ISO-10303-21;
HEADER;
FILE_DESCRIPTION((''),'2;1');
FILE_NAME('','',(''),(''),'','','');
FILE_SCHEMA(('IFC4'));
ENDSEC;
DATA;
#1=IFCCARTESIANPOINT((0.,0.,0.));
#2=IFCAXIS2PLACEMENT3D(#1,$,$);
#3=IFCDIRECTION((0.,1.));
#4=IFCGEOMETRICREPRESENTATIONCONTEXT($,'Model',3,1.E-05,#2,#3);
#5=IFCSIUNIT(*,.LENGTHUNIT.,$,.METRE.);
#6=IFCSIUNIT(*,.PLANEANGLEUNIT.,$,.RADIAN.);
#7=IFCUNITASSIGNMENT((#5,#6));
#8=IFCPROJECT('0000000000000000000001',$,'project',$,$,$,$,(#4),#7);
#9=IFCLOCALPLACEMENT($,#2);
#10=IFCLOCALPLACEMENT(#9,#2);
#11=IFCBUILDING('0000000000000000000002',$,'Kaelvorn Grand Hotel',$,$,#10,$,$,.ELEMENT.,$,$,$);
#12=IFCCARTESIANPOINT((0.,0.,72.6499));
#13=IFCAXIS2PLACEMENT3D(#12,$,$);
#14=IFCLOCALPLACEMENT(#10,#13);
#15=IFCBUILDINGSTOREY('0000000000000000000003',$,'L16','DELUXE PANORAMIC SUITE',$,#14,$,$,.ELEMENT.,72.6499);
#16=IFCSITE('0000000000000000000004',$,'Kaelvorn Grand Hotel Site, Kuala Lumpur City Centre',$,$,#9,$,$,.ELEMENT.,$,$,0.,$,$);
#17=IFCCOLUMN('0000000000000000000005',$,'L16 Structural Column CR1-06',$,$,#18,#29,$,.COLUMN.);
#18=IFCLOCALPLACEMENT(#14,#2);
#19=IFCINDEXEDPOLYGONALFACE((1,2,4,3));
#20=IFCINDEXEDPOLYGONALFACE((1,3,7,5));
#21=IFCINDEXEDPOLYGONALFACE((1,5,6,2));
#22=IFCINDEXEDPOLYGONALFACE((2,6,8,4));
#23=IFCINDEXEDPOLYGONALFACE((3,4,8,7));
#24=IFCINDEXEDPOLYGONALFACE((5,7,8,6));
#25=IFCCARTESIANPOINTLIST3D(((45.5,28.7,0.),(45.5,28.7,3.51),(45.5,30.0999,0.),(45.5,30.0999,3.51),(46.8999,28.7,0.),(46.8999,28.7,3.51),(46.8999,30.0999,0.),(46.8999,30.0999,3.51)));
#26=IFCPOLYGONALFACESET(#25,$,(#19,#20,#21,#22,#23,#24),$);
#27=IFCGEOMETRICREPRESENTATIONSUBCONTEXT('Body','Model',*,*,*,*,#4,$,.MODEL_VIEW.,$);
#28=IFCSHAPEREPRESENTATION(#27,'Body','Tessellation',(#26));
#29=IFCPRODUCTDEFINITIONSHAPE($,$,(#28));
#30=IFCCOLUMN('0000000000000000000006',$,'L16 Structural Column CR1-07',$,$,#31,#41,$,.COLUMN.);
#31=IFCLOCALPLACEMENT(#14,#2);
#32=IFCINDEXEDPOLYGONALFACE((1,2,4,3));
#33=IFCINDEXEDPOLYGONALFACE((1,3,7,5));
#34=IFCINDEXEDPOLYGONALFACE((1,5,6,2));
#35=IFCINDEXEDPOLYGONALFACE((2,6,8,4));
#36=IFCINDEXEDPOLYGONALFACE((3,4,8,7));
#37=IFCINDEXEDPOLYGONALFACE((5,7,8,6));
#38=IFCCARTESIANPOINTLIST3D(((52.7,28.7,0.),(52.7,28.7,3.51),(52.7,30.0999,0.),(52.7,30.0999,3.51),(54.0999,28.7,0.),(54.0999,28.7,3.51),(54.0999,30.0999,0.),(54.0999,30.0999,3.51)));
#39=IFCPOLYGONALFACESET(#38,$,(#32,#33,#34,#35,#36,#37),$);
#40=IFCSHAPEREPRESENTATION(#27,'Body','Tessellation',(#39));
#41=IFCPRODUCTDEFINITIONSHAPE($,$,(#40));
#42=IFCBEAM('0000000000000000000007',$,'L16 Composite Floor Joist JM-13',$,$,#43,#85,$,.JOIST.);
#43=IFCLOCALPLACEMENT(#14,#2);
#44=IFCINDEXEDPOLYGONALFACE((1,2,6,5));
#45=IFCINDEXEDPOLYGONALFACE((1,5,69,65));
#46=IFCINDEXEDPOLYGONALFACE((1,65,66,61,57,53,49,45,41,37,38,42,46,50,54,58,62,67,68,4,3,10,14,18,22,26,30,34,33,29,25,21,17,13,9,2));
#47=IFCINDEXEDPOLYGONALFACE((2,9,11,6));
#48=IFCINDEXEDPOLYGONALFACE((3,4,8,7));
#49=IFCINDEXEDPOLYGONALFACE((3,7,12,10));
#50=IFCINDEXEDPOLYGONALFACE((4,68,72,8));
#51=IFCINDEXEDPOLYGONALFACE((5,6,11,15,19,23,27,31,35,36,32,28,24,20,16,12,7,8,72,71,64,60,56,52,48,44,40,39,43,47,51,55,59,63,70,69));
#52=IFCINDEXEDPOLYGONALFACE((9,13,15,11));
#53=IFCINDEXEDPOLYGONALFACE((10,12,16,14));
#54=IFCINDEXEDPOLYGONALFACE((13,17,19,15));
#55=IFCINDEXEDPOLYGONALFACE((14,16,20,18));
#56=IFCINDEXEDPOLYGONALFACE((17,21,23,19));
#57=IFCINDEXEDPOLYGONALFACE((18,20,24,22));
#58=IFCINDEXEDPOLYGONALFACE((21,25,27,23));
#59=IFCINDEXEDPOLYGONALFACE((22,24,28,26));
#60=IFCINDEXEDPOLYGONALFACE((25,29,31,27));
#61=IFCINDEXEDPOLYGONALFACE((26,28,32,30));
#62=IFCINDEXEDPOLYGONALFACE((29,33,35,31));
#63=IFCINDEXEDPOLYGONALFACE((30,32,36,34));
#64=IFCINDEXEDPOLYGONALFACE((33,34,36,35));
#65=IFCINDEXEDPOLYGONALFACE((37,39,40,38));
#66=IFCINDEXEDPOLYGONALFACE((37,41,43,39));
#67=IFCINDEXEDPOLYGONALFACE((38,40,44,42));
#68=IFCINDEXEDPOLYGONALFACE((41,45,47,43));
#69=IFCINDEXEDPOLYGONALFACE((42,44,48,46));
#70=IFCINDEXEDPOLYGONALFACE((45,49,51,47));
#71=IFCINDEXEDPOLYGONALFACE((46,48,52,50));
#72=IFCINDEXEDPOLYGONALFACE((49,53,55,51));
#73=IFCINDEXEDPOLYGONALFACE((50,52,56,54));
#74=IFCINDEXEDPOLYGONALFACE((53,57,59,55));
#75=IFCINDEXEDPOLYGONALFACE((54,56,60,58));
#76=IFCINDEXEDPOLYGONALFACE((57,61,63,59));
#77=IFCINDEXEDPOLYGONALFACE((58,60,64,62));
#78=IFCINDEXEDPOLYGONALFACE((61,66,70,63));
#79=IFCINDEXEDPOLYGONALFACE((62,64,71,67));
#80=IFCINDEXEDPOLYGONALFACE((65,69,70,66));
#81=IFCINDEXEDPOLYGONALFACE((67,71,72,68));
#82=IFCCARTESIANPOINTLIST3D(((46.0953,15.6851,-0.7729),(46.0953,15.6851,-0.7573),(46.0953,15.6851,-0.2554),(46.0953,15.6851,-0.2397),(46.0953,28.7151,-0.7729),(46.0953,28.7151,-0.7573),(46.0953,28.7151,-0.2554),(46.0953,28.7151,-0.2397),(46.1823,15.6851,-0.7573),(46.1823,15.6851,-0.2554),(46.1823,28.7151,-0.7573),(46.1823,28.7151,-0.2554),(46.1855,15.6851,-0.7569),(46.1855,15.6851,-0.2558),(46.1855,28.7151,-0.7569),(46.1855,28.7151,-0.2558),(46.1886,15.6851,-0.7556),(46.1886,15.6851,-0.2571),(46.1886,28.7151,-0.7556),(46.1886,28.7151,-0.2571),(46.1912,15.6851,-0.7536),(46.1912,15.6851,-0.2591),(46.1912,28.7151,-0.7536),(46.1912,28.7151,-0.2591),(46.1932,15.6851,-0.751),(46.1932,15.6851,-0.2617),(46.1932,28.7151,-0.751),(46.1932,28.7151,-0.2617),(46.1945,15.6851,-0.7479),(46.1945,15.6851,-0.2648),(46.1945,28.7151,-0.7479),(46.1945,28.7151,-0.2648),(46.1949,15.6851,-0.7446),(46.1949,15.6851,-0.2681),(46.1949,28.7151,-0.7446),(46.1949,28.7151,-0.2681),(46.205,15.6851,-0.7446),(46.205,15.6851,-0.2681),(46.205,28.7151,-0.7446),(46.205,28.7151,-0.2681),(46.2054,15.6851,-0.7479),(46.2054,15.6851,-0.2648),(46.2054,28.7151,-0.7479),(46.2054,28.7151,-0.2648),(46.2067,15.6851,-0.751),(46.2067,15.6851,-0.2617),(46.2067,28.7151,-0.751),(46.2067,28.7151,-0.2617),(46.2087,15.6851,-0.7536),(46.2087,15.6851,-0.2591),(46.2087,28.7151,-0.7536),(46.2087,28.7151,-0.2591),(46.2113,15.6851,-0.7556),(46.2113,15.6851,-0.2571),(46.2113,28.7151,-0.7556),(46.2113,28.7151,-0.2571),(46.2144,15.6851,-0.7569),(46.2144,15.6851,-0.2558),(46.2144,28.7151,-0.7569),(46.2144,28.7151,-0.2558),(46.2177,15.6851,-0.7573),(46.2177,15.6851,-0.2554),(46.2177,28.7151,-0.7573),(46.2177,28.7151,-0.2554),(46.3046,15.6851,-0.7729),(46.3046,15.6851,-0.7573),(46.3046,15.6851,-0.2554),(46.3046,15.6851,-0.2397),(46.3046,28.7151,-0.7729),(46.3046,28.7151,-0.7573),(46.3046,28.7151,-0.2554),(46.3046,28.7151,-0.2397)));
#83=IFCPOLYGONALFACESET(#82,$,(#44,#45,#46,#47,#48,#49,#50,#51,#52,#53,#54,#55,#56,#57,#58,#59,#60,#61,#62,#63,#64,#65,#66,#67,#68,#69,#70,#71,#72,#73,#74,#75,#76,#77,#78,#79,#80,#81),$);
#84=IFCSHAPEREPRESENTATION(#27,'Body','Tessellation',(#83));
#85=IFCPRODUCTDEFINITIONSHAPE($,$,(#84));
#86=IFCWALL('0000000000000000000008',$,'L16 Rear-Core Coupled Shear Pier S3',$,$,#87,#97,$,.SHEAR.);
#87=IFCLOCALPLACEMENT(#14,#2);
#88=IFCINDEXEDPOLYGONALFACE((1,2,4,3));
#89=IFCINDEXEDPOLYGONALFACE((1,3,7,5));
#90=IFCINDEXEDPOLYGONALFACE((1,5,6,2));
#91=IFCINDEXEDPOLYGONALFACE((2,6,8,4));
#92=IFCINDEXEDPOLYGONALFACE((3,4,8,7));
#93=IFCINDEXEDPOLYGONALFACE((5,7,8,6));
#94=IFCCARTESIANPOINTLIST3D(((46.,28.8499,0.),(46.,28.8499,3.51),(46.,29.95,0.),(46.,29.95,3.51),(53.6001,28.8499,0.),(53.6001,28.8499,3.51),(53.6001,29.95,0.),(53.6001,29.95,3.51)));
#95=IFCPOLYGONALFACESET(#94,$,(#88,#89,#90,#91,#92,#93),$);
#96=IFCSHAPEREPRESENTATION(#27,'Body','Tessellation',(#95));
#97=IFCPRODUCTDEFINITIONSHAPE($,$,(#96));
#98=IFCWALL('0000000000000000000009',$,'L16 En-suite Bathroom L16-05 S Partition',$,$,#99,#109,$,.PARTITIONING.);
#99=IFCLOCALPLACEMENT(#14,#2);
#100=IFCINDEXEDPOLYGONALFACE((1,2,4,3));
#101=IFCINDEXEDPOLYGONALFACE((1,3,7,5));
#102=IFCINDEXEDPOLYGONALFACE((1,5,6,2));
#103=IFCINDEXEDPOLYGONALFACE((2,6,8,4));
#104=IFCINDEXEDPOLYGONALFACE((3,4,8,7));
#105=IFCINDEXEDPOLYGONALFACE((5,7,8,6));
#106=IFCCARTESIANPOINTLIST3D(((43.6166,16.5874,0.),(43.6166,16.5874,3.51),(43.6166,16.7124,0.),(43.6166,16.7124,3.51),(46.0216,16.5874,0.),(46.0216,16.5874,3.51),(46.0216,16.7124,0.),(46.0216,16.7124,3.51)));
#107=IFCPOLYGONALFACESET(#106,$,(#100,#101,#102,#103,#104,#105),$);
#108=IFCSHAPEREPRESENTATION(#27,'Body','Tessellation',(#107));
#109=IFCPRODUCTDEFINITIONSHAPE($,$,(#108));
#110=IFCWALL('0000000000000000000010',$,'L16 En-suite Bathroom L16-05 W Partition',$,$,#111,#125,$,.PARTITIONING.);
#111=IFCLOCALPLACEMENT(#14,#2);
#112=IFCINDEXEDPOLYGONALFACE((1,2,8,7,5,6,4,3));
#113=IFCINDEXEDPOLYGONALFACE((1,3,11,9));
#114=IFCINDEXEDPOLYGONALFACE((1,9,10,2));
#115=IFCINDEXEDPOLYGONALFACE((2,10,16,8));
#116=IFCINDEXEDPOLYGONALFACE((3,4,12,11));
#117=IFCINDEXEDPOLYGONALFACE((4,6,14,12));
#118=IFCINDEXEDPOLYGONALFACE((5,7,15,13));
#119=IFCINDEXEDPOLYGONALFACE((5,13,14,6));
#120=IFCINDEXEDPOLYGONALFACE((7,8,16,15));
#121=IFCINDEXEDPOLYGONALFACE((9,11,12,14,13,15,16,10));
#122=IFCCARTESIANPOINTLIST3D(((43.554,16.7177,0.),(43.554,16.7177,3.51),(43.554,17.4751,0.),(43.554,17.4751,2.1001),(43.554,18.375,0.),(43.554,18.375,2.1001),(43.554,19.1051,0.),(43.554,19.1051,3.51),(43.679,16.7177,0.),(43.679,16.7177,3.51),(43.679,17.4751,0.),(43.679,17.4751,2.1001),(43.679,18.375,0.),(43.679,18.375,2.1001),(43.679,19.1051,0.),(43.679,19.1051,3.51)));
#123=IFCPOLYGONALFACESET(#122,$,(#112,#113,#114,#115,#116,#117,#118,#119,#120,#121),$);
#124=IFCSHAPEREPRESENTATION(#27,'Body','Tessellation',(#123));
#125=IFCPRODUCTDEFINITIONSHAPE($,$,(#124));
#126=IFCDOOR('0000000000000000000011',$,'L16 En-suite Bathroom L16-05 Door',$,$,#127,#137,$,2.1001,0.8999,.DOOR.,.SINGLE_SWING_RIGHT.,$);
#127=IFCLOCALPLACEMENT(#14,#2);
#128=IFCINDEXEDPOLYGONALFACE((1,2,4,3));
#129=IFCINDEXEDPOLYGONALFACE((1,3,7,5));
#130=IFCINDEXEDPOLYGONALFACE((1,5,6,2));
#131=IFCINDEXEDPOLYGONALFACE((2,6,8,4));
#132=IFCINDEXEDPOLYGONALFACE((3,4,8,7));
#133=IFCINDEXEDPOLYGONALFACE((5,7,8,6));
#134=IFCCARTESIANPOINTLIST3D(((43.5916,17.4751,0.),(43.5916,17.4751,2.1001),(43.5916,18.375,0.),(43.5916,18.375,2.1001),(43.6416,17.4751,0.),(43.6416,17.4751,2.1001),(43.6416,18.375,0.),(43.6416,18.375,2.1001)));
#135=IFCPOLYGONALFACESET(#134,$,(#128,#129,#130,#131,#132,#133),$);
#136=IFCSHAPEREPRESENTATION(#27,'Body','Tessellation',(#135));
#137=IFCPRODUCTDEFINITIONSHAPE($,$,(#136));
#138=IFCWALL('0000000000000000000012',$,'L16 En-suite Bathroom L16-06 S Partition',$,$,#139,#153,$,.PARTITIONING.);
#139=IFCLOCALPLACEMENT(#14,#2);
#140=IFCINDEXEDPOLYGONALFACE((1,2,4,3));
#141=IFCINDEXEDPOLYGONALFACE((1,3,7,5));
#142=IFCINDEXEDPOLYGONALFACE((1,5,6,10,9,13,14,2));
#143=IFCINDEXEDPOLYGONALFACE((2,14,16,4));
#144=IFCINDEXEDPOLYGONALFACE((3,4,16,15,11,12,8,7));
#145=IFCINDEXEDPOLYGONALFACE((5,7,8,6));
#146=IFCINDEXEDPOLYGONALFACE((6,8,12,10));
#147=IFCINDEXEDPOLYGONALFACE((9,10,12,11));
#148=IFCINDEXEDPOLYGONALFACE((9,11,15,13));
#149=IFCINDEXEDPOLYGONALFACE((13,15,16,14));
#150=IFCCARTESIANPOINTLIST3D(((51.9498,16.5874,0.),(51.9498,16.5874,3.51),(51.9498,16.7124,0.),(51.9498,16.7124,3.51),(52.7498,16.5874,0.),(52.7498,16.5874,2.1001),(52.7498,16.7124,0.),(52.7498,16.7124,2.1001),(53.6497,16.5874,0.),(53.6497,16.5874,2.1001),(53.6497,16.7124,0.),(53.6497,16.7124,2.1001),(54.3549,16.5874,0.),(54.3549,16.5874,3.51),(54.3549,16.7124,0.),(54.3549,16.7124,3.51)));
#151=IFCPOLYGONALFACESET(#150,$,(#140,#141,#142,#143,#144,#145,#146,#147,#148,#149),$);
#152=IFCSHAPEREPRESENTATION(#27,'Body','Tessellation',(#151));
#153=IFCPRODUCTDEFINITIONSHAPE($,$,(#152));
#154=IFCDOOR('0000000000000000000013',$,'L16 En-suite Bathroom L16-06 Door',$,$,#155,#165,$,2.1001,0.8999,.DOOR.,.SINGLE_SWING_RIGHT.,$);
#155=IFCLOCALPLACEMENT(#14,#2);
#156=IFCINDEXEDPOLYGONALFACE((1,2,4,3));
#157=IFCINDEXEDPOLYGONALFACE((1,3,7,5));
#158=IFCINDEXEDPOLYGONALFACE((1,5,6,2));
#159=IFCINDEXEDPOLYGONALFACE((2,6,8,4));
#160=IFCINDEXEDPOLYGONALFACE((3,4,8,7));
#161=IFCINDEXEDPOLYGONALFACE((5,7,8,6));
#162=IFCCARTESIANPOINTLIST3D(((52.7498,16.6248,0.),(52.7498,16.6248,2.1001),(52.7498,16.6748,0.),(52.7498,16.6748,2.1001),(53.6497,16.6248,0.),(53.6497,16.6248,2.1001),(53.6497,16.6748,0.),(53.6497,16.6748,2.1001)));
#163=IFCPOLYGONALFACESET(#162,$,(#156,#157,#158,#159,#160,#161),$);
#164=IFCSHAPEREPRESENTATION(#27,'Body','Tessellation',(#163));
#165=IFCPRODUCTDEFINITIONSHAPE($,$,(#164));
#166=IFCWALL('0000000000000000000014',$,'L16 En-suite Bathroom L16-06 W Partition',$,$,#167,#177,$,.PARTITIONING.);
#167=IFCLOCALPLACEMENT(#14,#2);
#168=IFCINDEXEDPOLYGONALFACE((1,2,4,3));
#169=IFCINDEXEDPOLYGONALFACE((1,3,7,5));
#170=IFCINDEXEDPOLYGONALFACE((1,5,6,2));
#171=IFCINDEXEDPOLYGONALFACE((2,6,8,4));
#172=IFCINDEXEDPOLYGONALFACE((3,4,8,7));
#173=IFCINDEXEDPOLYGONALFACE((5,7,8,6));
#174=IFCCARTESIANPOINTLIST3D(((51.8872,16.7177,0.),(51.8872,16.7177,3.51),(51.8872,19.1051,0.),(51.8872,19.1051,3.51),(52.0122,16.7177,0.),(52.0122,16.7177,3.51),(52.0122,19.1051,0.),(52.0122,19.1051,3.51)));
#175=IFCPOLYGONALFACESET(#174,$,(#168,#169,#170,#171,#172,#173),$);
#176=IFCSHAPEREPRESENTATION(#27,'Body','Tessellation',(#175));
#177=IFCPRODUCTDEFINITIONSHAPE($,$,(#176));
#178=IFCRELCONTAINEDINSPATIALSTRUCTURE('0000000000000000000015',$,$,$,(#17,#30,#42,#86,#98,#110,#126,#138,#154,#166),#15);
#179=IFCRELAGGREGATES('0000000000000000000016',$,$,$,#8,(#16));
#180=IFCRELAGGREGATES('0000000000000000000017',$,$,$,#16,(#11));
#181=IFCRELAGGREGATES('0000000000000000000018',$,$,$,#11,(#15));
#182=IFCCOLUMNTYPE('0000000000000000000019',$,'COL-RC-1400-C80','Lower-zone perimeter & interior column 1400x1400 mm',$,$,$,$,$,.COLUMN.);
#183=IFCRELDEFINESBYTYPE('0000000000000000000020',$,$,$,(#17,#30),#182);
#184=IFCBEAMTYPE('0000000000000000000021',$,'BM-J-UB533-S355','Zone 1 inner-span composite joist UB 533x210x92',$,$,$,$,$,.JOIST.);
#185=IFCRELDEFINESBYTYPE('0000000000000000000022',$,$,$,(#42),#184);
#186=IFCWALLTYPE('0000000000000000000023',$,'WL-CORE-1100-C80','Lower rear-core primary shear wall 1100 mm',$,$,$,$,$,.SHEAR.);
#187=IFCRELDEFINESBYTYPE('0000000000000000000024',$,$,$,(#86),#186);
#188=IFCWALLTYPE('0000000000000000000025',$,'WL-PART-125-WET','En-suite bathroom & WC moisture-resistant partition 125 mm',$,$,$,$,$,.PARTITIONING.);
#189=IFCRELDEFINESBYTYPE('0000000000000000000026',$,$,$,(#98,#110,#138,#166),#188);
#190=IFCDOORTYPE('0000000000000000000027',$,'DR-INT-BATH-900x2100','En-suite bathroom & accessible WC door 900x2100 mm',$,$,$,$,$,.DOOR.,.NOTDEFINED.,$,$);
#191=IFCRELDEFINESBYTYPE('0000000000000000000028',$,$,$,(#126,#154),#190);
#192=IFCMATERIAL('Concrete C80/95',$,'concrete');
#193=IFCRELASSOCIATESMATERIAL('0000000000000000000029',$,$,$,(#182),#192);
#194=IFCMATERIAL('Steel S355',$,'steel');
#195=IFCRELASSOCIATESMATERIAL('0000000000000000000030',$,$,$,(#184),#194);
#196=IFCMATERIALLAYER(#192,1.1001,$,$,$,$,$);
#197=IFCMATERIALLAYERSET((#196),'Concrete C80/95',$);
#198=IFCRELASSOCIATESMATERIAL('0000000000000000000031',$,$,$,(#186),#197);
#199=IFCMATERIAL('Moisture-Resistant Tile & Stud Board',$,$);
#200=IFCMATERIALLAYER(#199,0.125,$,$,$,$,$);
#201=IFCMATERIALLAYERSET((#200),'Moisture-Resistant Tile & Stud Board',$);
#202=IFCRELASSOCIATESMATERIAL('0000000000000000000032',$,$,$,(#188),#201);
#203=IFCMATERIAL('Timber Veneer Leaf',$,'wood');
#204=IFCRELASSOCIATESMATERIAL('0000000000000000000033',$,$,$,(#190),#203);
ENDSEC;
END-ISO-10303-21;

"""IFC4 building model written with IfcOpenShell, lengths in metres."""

from ifc_helpers import new_model, si_unit, direction, frame, frame_2d, origin, origin_2d, place, context, subcontext, project, spatial, rectangle, i_section, extrude, material, layer, layer_set, material_profile, profile_set, type_object, element, fill, save


model = new_model("IFC4")

# Units and contexts
model_context = context("Model", 3, precision=1e-05, world=origin(), true_north=direction((0.0, 1.0)))
body_context = subcontext(model_context, "Body", "Model", "MODEL_VIEW")
ifc_project = project(units=[si_unit("LENGTHUNIT", "METRE"), si_unit("PLANEANGLEUNIT", "RADIAN")], contexts=[model_context])

# Site, building, storey
site_placement = place(None, origin())
site = spatial("IfcSite", under=ifc_project, at=site_placement, Name="Kaelvorn Grand Hotel Site, Kuala Lumpur City Centre", CompositionType="ELEMENT", RefElevation=0.0)
building_placement = place(site_placement, origin())
building = spatial("IfcBuilding", under=site, at=building_placement, Name="Kaelvorn Grand Hotel", CompositionType="ELEMENT")
storey_placement = place(building_placement, frame((0.0, 0.0, 72.6499)))
storey = spatial("IfcBuildingStorey", under=building, at=storey_placement, Name="L16", Description="DELUXE PANORAMIC SUITE", CompositionType="ELEMENT", Elevation=72.6499)

# Columns
ifc_material_1 = material(Name="Concrete C80/95", Category="concrete")
ifc_material_profile_1 = material_profile(ifc_material_1, rectangle(XDim=1.3999, YDim=1.3999, at=origin_2d()), Name="RC COL 1400x1400")
ifc_profile_set_1 = profile_set([ifc_material_profile_1], Name="Concrete C80/95")
column_type = type_object("IfcColumnType", Name="COL-RC-1400-C80", Description="Lower-zone perimeter & interior column 1400x1400 mm", PredefinedType="COLUMN", material=ifc_profile_set_1)
for number, where, z_axis, x_axis, name in (
    (1, (46.2, 29.3999, 0.0), (0.0, 0.0, 1.0), (1.0, 0.0, 0.0), "L16 Structural Column CR1-06"),
    (2, (53.3999, 29.3999, 0.0), (0.0, 0.0, 1.0), (1.0, 0.0, 0.0), "L16 Structural Column CR1-07"),
):
    element("IfcColumn", number, at=place(storey_placement, frame(where, z_axis=z_axis, x_axis=x_axis)), inside=storey, type_object=column_type, Name=name, PredefinedType="COLUMN", context=body_context, shape_type="SweptSolid", body=[
        extrude(rectangle(XDim=1.3999, YDim=1.3999, at=origin_2d()), origin(), (0.0, 0.0, 1.0), 3.51),
    ])

# Beam
ifc_material_2 = material(Name="Steel S355", Category="steel")
ifc_material_profile_2 = material_profile(ifc_material_2, i_section(OverallWidth=0.2092, OverallDepth=0.5332, WebThickness=0.01, FlangeThickness=0.0156, FilletRadius=0.0127, at=origin_2d()), Name="UB 533x210x92")
ifc_profile_set_2 = profile_set([ifc_material_profile_2], Name="Steel S355")
beam_type = type_object("IfcBeamType", Name="BM-J-UB533-S355", Description="Zone 1 inner-span composite joist UB 533x210x92", PredefinedType="JOIST", material=ifc_profile_set_2)
beam_placement = place(storey_placement, frame((46.2, 15.6851, -0.5063), z_axis=(0.0, 1.0, 0.0), x_axis=(-1.0, 0.0, 0.0)))
element("IfcBeam", 3, at=beam_placement, inside=storey, type_object=beam_type, Name="L16 Composite Floor Joist JM-13", PredefinedType="JOIST", context=body_context, shape_type="SweptSolid", body=[
    extrude(i_section(OverallWidth=0.2092, OverallDepth=0.5332, WebThickness=0.01, FlangeThickness=0.0156, FilletRadius=0.0127, at=origin_2d()), origin(), (0.0, 0.0, 1.0), 13.03),
])

# Walls
ifc_layer_1 = layer(ifc_material_1, 1.1001)
ifc_layer_set_1 = layer_set([ifc_layer_1], Name="Concrete C80/95")
wall_type_1 = type_object("IfcWallType", Name="WL-CORE-1100-C80", Description="Lower rear-core primary shear wall 1100 mm", PredefinedType="SHEAR", material=ifc_layer_set_1)
wall_1_placement = place(storey_placement, frame((46.0, 29.3999, 0.0), z_axis=(0.0, 0.0, 1.0), x_axis=(1.0, 0.0, 0.0)))
element("IfcWall", 4, at=wall_1_placement, inside=storey, type_object=wall_type_1, Name="L16 Rear-Core Coupled Shear Pier S3", PredefinedType="SHEAR", context=body_context, shape_type="SweptSolid", body=[
    extrude(rectangle(XDim=7.6001, YDim=1.1001, at=frame_2d((3.8, 0.0))), origin(), (0.0, 0.0, 1.0), 3.51),
])
ifc_material_3 = material(Name="Moisture-Resistant Tile & Stud Board")
ifc_layer_2 = layer(ifc_material_3, 0.125)
ifc_layer_set_2 = layer_set([ifc_layer_2], Name="Moisture-Resistant Tile & Stud Board")
wall_type_2 = type_object("IfcWallType", Name="WL-PART-125-WET", Description="En-suite bathroom & WC moisture-resistant partition 125 mm", PredefinedType="PARTITIONING", material=ifc_layer_set_2)
wall_2_placement = place(storey_placement, frame((43.6165, 16.6499, 0.0), z_axis=(0.0, 0.0, 1.0), x_axis=(1.0, 0.0, 0.0)))
element("IfcWall", 5, at=wall_2_placement, inside=storey, type_object=wall_type_2, Name="L16 En-suite Bathroom L16-05 S Partition", PredefinedType="PARTITIONING", context=body_context, shape_type="SweptSolid", body=[
    extrude(rectangle(XDim=2.405, YDim=0.125, at=frame_2d((1.2026, 0.0))), origin(), (0.0, 0.0, 1.0), 3.51),
])

# Walls, openings, doors
wall_3_placement = place(storey_placement, frame((43.6165, 16.7175, 0.0), z_axis=(0.0, 0.0, 1.0), x_axis=(0.0, 1.0, 0.0)))
wall_3 = element("IfcWall", 6, at=wall_3_placement, inside=storey, type_object=wall_type_2, Name="L16 En-suite Bathroom L16-05 W Partition", PredefinedType="PARTITIONING", context=body_context, shape_type="SweptSolid", body=[
    extrude(rectangle(XDim=2.3875, YDim=0.125, at=frame_2d((1.1938, 0.0))), origin(), (0.0, 0.0, 1.0), 3.51),
])
opening_1_placement = place(wall_3_placement, frame((0.7576, 0.0, 0.0)))
opening_1 = element("IfcOpeningElement", 7, at=opening_1_placement, cuts=wall_3, PredefinedType="OPENING", context=body_context, shape_type="SweptSolid", body=[
    extrude(rectangle(XDim=0.8999, YDim=2.1001, at=frame_2d((0.45, 1.05))), frame((0.0, 0.0725, 0.0), z_axis=(0.0, -1.0, 0.0), x_axis=(1.0, 0.0, 0.0)), (0.0, 0.0, 1.0), 0.145),
])
ifc_material_4 = material(Name="Timber Veneer Leaf", Category="wood")
door_type_1 = type_object("IfcDoorType", Name="DR-INT-BATH-900x2100", Description="En-suite bathroom & accessible WC door 900x2100 mm", OperationType="NOTDEFINED", PredefinedType="DOOR", material=ifc_material_4)
door_1_placement = place(opening_1_placement, origin())
door_1 = element("IfcDoor", 8, at=door_1_placement, inside=storey, type_object=door_type_1, Name="L16 En-suite Bathroom L16-05 Door", OperationType="SINGLE_SWING_RIGHT", OverallHeight=2.1001, OverallWidth=0.8999, PredefinedType="DOOR", context=body_context, shape_type="SweptSolid", body=[
    extrude(rectangle(XDim=0.8999, YDim=2.1001, at=frame_2d((0.45, 1.05))), frame((0.0, 0.0249, 0.0), z_axis=(0.0, -1.0, 0.0), x_axis=(1.0, 0.0, 0.0)), (0.0, 0.0, 1.0), 0.05),
])
fill(opening_1, door_1)
wall_4_placement = place(storey_placement, frame((51.9497, 16.6499, 0.0), z_axis=(0.0, 0.0, 1.0), x_axis=(1.0, 0.0, 0.0)))
wall_4 = element("IfcWall", 9, at=wall_4_placement, inside=storey, type_object=wall_type_2, Name="L16 En-suite Bathroom L16-06 S Partition", PredefinedType="PARTITIONING", context=body_context, shape_type="SweptSolid", body=[
    extrude(rectangle(XDim=2.405, YDim=0.125, at=frame_2d((1.2026, 0.0))), origin(), (0.0, 0.0, 1.0), 3.51),
])
opening_2_placement = place(wall_4_placement, frame((0.8, 0.0, 0.0)))
opening_2 = element("IfcOpeningElement", 10, at=opening_2_placement, cuts=wall_4, PredefinedType="OPENING", context=body_context, shape_type="SweptSolid", body=[
    extrude(rectangle(XDim=0.8999, YDim=2.1001, at=frame_2d((0.45, 1.05))), frame((0.0, 0.0725, 0.0), z_axis=(0.0, -1.0, 0.0), x_axis=(1.0, 0.0, 0.0)), (0.0, 0.0, 1.0), 0.145),
])
door_2_placement = place(opening_2_placement, origin())
door_2 = element("IfcDoor", 11, at=door_2_placement, inside=storey, type_object=door_type_1, Name="L16 En-suite Bathroom L16-06 Door", OperationType="SINGLE_SWING_RIGHT", OverallHeight=2.1001, OverallWidth=0.8999, PredefinedType="DOOR", context=body_context, shape_type="SweptSolid", body=[
    extrude(rectangle(XDim=0.8999, YDim=2.1001, at=frame_2d((0.45, 1.05))), frame((0.0, 0.0249, 0.0), z_axis=(0.0, -1.0, 0.0), x_axis=(1.0, 0.0, 0.0)), (0.0, 0.0, 1.0), 0.05),
])
fill(opening_2, door_2)

# Wall
wall_5_placement = place(storey_placement, frame((51.9497, 16.7175, 0.0), z_axis=(0.0, 0.0, 1.0), x_axis=(0.0, 1.0, 0.0)))
element("IfcWall", 12, at=wall_5_placement, inside=storey, type_object=wall_type_2, Name="L16 En-suite Bathroom L16-06 W Partition", PredefinedType="PARTITIONING", context=body_context, shape_type="SweptSolid", body=[
    extrude(rectangle(XDim=2.3875, YDim=0.125, at=frame_2d((1.1938, 0.0))), origin(), (0.0, 0.0, 1.0), 3.51),
])

save(model, "model.ifc")
